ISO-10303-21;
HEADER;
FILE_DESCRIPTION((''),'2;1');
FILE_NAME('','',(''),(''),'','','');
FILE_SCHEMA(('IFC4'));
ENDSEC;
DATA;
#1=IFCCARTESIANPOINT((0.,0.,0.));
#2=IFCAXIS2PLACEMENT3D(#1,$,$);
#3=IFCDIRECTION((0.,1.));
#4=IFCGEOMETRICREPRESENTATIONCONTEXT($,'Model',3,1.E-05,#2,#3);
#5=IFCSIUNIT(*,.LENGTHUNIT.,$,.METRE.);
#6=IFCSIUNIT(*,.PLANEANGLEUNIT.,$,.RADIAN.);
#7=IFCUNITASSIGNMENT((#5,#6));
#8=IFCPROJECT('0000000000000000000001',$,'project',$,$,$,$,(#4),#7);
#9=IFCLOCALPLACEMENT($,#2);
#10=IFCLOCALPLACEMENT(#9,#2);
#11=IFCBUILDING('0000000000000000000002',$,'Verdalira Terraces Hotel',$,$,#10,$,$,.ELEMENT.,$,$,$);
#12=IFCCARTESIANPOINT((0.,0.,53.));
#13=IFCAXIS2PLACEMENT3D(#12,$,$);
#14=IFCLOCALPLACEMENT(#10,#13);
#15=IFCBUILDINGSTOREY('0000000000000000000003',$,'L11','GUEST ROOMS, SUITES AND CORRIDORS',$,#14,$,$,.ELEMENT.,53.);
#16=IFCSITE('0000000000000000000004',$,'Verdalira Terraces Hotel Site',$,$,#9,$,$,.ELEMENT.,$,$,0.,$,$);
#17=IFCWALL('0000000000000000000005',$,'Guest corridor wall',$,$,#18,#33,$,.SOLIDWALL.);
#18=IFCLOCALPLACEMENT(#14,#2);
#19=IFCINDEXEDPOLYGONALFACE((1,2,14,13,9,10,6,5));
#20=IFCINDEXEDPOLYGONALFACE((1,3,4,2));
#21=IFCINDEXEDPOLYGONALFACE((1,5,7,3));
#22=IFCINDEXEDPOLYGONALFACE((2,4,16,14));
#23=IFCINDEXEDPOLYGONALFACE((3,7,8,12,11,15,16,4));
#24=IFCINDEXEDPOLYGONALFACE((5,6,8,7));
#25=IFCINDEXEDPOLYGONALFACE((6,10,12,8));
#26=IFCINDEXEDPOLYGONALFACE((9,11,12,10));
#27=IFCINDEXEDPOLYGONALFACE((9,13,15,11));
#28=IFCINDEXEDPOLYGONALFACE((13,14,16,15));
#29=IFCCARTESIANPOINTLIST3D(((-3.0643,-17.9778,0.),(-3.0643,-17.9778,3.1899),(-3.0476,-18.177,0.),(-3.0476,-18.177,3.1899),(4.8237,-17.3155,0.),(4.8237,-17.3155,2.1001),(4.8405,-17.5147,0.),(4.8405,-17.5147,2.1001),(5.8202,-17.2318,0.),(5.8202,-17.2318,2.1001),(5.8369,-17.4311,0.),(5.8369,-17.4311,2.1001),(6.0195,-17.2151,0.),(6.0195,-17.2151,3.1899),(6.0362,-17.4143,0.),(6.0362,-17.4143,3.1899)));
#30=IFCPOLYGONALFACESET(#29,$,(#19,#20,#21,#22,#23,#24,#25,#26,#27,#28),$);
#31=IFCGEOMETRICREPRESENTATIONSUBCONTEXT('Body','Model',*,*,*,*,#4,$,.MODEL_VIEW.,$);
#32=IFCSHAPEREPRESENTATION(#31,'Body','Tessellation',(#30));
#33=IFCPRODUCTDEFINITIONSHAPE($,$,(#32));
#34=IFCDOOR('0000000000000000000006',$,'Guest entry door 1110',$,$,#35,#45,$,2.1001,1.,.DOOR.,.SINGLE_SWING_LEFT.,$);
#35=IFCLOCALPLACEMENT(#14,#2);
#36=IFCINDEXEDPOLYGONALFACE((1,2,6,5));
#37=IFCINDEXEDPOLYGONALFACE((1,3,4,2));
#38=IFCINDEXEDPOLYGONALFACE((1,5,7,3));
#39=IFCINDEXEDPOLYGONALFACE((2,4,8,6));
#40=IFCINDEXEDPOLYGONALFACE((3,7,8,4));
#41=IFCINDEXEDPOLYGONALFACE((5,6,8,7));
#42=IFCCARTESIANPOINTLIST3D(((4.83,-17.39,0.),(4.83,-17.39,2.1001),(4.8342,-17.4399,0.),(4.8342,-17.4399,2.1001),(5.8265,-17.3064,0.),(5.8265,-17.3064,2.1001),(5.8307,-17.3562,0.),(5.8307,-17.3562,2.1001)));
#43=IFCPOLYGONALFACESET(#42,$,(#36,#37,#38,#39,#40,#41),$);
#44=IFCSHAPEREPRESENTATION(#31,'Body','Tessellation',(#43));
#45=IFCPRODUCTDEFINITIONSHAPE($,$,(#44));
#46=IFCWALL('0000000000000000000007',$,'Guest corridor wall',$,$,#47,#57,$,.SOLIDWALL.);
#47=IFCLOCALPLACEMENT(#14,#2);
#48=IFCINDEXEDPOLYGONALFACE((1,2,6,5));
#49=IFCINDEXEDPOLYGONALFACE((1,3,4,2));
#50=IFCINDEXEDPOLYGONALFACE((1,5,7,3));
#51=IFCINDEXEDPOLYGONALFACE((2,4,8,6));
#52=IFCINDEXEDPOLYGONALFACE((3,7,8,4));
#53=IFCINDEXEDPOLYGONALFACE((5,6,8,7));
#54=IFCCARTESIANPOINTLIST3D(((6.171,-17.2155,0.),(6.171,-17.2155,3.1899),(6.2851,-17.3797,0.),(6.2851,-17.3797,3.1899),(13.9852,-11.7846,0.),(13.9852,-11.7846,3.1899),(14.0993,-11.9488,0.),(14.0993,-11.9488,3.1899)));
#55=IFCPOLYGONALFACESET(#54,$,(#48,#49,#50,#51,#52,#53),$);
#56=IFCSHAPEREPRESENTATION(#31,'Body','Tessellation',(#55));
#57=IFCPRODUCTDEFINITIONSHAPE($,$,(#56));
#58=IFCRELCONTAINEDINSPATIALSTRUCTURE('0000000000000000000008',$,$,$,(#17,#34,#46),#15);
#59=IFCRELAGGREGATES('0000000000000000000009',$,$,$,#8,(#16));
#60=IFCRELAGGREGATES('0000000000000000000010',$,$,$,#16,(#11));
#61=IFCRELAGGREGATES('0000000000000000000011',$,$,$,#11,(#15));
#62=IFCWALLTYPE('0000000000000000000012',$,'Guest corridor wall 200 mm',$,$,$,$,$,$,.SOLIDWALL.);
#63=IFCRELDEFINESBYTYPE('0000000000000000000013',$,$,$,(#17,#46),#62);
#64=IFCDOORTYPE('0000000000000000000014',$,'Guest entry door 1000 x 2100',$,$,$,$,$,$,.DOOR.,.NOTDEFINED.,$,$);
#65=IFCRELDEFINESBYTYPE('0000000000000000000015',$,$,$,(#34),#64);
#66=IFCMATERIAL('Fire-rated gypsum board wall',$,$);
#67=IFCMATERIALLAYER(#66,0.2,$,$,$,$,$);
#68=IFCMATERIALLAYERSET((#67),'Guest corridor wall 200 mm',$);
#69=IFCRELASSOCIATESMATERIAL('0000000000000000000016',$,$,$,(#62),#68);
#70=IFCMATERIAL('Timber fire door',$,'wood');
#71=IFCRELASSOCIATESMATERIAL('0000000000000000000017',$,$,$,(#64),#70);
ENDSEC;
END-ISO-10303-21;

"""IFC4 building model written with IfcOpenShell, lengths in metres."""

from ifc_helpers import new_model, si_unit, direction, frame, frame_2d, origin, place, context, subcontext, project, spatial, rectangle, extrude, material, layer, layer_set, type_object, element, fill, save


model = new_model("IFC4")

# Units and contexts
model_context = context("Model", 3, precision=1e-05, world=origin(), true_north=direction((0.0, 1.0)))
body_context = subcontext(model_context, "Body", "Model", "MODEL_VIEW")
ifc_project = project(units=[si_unit("LENGTHUNIT", "METRE"), si_unit("PLANEANGLEUNIT", "RADIAN")], contexts=[model_context])

# Site, building, storey
site_placement = place(None, origin())
site = spatial("IfcSite", under=ifc_project, at=site_placement, Name="Verdalira Terraces Hotel Site", CompositionType="ELEMENT", RefElevation=0.0)
building_placement = place(site_placement, origin())
building = spatial("IfcBuilding", under=site, at=building_placement, Name="Verdalira Terraces Hotel", CompositionType="ELEMENT")
storey_placement = place(building_placement, frame((0.0, 0.0, 53.0)))
storey = spatial("IfcBuildingStorey", under=building, at=storey_placement, Name="L11", Description="GUEST ROOMS, SUITES AND CORRIDORS", CompositionType="ELEMENT", Elevation=53.0)

# Wall, opening, door
ifc_material_1 = material(Name="Fire-rated gypsum board wall")
ifc_layer_1 = layer(ifc_material_1, 0.2)
ifc_layer_set_1 = layer_set([ifc_layer_1], Name="Guest corridor wall 200 mm")
wall_type_1 = type_object("IfcWallType", Name="Guest corridor wall 200 mm", PredefinedType="SOLIDWALL", material=ifc_layer_set_1)
wall_1_placement = place(storey_placement, frame((6.0278, -17.3147, 0.0), z_axis=(0.0, 0.0, 1.0), x_axis=(-0.996494, -0.083668, 0.0)))
wall_1 = element("IfcWall", 1, at=wall_1_placement, inside=storey, type_object=wall_type_1, Name="Guest corridor wall", PredefinedType="SOLIDWALL", context=body_context, shape_type="SweptSolid", body=[
    extrude(rectangle(XDim=9.1157, YDim=0.2, at=frame_2d((4.5579, 0.0))), origin(), (0.0, 0.0, 1.0), 3.1899),
])
opening_1_placement = place(wall_1_placement, frame((0.2, 0.0, 0.0)))
opening_1 = element("IfcOpeningElement", 2, at=opening_1_placement, cuts=wall_1, PredefinedType="OPENING", context=body_context, shape_type="SweptSolid", body=[
    extrude(rectangle(XDim=1.0, YDim=2.1001, at=frame_2d((0.5, 1.05))), frame((0.0, 0.1099, 0.0), z_axis=(0.0, -1.0, 0.0), x_axis=(1.0, 0.0, 0.0)), (0.0, 0.0, 1.0), 0.22),
])
ifc_material_2 = material(Name="Timber fire door", Category="wood")
door_type_1 = type_object("IfcDoorType", Name="Guest entry door 1000 x 2100", OperationType="NOTDEFINED", PredefinedType="DOOR", material=ifc_material_2)
door_1_placement = place(opening_1_placement, origin())
door_1 = element("IfcDoor", 3, at=door_1_placement, inside=storey, type_object=door_type_1, Name="Guest entry door 1110", OperationType="SINGLE_SWING_LEFT", OverallHeight=2.1001, OverallWidth=1.0, PredefinedType="DOOR", context=body_context, shape_type="SweptSolid", body=[
    extrude(rectangle(XDim=1.0, YDim=2.1001, at=frame_2d((0.5, 1.05))), frame((0.0, 0.0249, 0.0), z_axis=(0.0, -1.0, 0.0), x_axis=(1.0, 0.0, 0.0)), (0.0, 0.0, 1.0), 0.05),
])
fill(opening_1, door_1)

# Wall
wall_2_placement = place(storey_placement, frame((6.228, -17.2976, 0.0), z_axis=(0.0, 0.0, 1.0), x_axis=(0.821155, 0.570706, 0.0)))
element("IfcWall", 4, at=wall_2_placement, inside=storey, type_object=wall_type_1, Name="Guest corridor wall", PredefinedType="SOLIDWALL", context=body_context, shape_type="SweptSolid", body=[
    extrude(rectangle(XDim=9.5161, YDim=0.2, at=frame_2d((4.7581, 0.0))), origin(), (0.0, 0.0, 1.0), 3.1899),
])

save(model, "model.ifc")
